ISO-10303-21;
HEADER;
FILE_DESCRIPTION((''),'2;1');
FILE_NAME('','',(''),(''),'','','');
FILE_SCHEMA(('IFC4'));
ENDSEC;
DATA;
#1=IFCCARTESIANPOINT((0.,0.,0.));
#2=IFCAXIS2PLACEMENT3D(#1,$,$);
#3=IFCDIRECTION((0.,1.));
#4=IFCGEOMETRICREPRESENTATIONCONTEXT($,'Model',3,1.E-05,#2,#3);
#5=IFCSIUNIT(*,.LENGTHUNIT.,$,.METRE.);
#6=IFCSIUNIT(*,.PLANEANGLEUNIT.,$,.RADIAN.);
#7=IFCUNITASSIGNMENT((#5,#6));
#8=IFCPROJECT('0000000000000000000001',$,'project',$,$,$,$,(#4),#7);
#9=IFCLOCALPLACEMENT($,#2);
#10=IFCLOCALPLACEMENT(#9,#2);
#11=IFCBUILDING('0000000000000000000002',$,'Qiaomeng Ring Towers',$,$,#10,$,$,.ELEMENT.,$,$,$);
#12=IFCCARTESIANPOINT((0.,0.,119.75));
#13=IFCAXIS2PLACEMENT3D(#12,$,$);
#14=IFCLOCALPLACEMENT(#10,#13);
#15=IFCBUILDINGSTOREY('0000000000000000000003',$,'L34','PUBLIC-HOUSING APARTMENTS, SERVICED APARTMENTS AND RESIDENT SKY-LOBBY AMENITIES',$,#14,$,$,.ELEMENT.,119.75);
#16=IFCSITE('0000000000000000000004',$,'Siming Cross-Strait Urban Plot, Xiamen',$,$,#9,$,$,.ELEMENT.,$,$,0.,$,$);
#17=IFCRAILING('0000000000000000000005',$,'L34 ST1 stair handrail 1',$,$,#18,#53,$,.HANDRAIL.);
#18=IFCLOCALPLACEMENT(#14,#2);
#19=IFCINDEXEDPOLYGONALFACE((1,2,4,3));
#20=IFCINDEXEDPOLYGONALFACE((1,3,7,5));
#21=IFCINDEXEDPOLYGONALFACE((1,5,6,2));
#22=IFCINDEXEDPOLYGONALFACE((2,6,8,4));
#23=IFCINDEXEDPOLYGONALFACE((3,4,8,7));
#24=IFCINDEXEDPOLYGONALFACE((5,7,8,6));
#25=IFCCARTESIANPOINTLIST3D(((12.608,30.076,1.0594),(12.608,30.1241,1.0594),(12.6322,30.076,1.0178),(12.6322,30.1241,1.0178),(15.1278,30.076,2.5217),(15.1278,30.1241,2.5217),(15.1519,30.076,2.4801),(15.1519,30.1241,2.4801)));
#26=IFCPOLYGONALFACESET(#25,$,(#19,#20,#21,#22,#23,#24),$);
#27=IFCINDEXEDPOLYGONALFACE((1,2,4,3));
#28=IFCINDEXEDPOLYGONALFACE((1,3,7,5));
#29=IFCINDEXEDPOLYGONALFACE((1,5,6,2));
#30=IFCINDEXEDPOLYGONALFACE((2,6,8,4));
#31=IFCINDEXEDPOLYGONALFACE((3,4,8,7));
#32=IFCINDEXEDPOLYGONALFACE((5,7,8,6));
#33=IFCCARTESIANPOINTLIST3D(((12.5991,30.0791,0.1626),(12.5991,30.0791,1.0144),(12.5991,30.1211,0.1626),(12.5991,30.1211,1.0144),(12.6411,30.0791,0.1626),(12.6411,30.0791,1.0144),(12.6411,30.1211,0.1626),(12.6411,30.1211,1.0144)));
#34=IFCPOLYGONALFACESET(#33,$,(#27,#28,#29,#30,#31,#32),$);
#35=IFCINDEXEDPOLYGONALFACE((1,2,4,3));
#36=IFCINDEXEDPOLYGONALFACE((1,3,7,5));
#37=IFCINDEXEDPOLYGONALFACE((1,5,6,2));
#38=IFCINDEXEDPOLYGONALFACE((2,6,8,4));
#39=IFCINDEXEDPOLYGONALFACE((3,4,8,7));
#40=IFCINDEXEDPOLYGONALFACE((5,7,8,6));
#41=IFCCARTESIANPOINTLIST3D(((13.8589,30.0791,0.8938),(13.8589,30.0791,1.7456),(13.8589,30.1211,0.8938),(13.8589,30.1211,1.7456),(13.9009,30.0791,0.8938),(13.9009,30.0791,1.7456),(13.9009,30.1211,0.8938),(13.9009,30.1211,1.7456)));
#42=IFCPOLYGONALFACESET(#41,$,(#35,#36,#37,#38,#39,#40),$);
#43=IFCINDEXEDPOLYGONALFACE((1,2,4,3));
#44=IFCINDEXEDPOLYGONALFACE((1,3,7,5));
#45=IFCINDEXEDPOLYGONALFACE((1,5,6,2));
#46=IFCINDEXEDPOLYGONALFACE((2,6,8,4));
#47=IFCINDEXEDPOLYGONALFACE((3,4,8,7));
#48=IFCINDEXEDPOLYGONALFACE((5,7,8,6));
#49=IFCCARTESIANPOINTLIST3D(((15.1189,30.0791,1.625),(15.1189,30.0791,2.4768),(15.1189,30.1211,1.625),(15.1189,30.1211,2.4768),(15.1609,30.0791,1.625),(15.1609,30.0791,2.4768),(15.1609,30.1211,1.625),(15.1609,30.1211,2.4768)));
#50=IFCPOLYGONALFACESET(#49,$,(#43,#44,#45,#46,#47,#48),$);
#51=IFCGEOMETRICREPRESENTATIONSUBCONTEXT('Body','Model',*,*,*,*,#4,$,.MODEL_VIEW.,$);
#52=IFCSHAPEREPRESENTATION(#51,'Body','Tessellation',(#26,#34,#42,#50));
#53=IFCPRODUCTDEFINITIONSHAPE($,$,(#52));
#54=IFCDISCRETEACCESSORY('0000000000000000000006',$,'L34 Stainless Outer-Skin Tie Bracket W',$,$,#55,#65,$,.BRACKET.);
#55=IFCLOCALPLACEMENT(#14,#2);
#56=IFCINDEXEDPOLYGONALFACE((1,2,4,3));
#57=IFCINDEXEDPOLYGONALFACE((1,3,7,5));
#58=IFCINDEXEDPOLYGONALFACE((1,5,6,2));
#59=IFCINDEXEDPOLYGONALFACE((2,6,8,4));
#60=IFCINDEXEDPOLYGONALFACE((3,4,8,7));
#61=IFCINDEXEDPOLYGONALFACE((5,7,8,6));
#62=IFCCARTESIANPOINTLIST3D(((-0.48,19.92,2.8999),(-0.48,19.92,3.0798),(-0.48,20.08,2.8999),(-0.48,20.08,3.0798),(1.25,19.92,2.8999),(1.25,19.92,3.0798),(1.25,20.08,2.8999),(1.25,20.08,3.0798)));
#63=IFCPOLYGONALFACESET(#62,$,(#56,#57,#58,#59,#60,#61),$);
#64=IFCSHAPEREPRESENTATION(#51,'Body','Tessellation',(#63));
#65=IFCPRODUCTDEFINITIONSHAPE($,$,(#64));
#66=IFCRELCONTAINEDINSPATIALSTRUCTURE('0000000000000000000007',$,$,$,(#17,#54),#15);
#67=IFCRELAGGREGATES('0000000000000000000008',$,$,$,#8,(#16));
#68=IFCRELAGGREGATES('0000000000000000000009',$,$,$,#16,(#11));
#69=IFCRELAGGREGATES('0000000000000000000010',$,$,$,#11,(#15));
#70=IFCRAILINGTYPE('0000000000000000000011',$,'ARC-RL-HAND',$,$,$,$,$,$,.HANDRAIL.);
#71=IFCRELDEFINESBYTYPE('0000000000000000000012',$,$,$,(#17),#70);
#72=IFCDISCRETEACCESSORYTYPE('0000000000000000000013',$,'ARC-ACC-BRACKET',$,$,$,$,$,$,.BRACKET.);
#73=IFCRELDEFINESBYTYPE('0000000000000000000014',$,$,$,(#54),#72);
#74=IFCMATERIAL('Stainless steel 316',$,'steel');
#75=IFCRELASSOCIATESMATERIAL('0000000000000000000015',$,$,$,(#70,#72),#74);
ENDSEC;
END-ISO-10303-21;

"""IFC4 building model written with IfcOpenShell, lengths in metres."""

from ifc_helpers import new_model, si_unit, direction, frame, origin, origin_2d, place, context, subcontext, project, spatial, rectangle, extrude, source, transform, mapped, material, type_object, element, save


model = new_model("IFC4")

# Units and contexts
model_context = context("Model", 3, precision=1e-05, world=origin(), true_north=direction((0.0, 1.0)))
body_context = subcontext(model_context, "Body", "Model", "MODEL_VIEW")
ifc_project = project(units=[si_unit("LENGTHUNIT", "METRE"), si_unit("PLANEANGLEUNIT", "RADIAN")], contexts=[model_context])

# Site, building, storey
site_placement = place(None, origin())
site = spatial("IfcSite", under=ifc_project, at=site_placement, Name="Siming Cross-Strait Urban Plot, Xiamen", CompositionType="ELEMENT", RefElevation=0.0)
building_placement = place(site_placement, origin())
building = spatial("IfcBuilding", under=site, at=building_placement, Name="Qiaomeng Ring Towers", CompositionType="ELEMENT")
storey_placement = place(building_placement, frame((0.0, 0.0, 119.75)))
storey = spatial("IfcBuildingStorey", under=building, at=storey_placement, Name="L34", Description="PUBLIC-HOUSING APARTMENTS, SERVICED APARTMENTS AND RESIDENT SKY-LOBBY AMENITIES", CompositionType="ELEMENT", Elevation=119.75)

# Railing
ifc_material_1 = material(Name="Stainless steel 316", Category="steel")
railing_type_1 = type_object("IfcRailingType", Name="ARC-RL-HAND", PredefinedType="HANDRAIL", material=ifc_material_1)
railing_1_placement = place(storey_placement, frame((12.6201, 30.1001, 0.1626)))
element("IfcRailing", 1, at=railing_1_placement, inside=storey, type_object=railing_type_1, Name="L34 ST1 stair handrail 1", PredefinedType="HANDRAIL", context=body_context, shape_type="SweptSolid", body=[
    extrude(rectangle(XDim=0.0481, YDim=0.0481, at=origin_2d()), frame((0.0, 0.0, 0.876), z_axis=(0.864892, 0.0, 0.501958), x_axis=(0.0, 1.0, 0.0)), (0.0, 0.0, 1.0), 2.9133),
    extrude(rectangle(XDim=0.042, YDim=0.042, at=origin_2d()), origin(), (0.0, 0.0, 1.0), 0.8518),
    extrude(rectangle(XDim=0.042, YDim=0.042, at=origin_2d()), frame((1.2598, 0.0, 0.7312)), (0.0, 0.0, 1.0), 0.8518),
    extrude(rectangle(XDim=0.042, YDim=0.042, at=origin_2d()), frame((2.5198, 0.0, 1.4624)), (0.0, 0.0, 1.0), 0.8518),
])

# Discrete accessory
discrete_accessory_type = type_object("IfcDiscreteAccessoryType", Name="ARC-ACC-BRACKET", PredefinedType="BRACKET", material=ifc_material_1)
shared_shape_1 = source(origin(), body_context, "Body", "SweptSolid", [
    extrude(rectangle(XDim=1.73, YDim=0.1599, at=origin_2d()), origin(), (0.0, 0.0, 1.0), 0.1799),
])
discrete_accessory_placement = place(storey_placement, frame((0.385, 20.0, 2.8999), z_axis=(0.0, 0.0, 1.0), x_axis=(1.0, 0.0, 0.0)))
element("IfcDiscreteAccessory", 2, at=discrete_accessory_placement, inside=storey, type_object=discrete_accessory_type, Name="L34 Stainless Outer-Skin Tie Bracket W", PredefinedType="BRACKET", context=body_context, shape_type="MappedRepresentation", body=[
    mapped(shared_shape_1, transform((0.0, 0.0, 0.0), x_axis=(1.0, 0.0, 0.0), y_axis=(0.0, 1.0, 0.0), z_axis=(0.0, 0.0, 1.0), scale=1.0)),
])

save(model, "model.ifc")
